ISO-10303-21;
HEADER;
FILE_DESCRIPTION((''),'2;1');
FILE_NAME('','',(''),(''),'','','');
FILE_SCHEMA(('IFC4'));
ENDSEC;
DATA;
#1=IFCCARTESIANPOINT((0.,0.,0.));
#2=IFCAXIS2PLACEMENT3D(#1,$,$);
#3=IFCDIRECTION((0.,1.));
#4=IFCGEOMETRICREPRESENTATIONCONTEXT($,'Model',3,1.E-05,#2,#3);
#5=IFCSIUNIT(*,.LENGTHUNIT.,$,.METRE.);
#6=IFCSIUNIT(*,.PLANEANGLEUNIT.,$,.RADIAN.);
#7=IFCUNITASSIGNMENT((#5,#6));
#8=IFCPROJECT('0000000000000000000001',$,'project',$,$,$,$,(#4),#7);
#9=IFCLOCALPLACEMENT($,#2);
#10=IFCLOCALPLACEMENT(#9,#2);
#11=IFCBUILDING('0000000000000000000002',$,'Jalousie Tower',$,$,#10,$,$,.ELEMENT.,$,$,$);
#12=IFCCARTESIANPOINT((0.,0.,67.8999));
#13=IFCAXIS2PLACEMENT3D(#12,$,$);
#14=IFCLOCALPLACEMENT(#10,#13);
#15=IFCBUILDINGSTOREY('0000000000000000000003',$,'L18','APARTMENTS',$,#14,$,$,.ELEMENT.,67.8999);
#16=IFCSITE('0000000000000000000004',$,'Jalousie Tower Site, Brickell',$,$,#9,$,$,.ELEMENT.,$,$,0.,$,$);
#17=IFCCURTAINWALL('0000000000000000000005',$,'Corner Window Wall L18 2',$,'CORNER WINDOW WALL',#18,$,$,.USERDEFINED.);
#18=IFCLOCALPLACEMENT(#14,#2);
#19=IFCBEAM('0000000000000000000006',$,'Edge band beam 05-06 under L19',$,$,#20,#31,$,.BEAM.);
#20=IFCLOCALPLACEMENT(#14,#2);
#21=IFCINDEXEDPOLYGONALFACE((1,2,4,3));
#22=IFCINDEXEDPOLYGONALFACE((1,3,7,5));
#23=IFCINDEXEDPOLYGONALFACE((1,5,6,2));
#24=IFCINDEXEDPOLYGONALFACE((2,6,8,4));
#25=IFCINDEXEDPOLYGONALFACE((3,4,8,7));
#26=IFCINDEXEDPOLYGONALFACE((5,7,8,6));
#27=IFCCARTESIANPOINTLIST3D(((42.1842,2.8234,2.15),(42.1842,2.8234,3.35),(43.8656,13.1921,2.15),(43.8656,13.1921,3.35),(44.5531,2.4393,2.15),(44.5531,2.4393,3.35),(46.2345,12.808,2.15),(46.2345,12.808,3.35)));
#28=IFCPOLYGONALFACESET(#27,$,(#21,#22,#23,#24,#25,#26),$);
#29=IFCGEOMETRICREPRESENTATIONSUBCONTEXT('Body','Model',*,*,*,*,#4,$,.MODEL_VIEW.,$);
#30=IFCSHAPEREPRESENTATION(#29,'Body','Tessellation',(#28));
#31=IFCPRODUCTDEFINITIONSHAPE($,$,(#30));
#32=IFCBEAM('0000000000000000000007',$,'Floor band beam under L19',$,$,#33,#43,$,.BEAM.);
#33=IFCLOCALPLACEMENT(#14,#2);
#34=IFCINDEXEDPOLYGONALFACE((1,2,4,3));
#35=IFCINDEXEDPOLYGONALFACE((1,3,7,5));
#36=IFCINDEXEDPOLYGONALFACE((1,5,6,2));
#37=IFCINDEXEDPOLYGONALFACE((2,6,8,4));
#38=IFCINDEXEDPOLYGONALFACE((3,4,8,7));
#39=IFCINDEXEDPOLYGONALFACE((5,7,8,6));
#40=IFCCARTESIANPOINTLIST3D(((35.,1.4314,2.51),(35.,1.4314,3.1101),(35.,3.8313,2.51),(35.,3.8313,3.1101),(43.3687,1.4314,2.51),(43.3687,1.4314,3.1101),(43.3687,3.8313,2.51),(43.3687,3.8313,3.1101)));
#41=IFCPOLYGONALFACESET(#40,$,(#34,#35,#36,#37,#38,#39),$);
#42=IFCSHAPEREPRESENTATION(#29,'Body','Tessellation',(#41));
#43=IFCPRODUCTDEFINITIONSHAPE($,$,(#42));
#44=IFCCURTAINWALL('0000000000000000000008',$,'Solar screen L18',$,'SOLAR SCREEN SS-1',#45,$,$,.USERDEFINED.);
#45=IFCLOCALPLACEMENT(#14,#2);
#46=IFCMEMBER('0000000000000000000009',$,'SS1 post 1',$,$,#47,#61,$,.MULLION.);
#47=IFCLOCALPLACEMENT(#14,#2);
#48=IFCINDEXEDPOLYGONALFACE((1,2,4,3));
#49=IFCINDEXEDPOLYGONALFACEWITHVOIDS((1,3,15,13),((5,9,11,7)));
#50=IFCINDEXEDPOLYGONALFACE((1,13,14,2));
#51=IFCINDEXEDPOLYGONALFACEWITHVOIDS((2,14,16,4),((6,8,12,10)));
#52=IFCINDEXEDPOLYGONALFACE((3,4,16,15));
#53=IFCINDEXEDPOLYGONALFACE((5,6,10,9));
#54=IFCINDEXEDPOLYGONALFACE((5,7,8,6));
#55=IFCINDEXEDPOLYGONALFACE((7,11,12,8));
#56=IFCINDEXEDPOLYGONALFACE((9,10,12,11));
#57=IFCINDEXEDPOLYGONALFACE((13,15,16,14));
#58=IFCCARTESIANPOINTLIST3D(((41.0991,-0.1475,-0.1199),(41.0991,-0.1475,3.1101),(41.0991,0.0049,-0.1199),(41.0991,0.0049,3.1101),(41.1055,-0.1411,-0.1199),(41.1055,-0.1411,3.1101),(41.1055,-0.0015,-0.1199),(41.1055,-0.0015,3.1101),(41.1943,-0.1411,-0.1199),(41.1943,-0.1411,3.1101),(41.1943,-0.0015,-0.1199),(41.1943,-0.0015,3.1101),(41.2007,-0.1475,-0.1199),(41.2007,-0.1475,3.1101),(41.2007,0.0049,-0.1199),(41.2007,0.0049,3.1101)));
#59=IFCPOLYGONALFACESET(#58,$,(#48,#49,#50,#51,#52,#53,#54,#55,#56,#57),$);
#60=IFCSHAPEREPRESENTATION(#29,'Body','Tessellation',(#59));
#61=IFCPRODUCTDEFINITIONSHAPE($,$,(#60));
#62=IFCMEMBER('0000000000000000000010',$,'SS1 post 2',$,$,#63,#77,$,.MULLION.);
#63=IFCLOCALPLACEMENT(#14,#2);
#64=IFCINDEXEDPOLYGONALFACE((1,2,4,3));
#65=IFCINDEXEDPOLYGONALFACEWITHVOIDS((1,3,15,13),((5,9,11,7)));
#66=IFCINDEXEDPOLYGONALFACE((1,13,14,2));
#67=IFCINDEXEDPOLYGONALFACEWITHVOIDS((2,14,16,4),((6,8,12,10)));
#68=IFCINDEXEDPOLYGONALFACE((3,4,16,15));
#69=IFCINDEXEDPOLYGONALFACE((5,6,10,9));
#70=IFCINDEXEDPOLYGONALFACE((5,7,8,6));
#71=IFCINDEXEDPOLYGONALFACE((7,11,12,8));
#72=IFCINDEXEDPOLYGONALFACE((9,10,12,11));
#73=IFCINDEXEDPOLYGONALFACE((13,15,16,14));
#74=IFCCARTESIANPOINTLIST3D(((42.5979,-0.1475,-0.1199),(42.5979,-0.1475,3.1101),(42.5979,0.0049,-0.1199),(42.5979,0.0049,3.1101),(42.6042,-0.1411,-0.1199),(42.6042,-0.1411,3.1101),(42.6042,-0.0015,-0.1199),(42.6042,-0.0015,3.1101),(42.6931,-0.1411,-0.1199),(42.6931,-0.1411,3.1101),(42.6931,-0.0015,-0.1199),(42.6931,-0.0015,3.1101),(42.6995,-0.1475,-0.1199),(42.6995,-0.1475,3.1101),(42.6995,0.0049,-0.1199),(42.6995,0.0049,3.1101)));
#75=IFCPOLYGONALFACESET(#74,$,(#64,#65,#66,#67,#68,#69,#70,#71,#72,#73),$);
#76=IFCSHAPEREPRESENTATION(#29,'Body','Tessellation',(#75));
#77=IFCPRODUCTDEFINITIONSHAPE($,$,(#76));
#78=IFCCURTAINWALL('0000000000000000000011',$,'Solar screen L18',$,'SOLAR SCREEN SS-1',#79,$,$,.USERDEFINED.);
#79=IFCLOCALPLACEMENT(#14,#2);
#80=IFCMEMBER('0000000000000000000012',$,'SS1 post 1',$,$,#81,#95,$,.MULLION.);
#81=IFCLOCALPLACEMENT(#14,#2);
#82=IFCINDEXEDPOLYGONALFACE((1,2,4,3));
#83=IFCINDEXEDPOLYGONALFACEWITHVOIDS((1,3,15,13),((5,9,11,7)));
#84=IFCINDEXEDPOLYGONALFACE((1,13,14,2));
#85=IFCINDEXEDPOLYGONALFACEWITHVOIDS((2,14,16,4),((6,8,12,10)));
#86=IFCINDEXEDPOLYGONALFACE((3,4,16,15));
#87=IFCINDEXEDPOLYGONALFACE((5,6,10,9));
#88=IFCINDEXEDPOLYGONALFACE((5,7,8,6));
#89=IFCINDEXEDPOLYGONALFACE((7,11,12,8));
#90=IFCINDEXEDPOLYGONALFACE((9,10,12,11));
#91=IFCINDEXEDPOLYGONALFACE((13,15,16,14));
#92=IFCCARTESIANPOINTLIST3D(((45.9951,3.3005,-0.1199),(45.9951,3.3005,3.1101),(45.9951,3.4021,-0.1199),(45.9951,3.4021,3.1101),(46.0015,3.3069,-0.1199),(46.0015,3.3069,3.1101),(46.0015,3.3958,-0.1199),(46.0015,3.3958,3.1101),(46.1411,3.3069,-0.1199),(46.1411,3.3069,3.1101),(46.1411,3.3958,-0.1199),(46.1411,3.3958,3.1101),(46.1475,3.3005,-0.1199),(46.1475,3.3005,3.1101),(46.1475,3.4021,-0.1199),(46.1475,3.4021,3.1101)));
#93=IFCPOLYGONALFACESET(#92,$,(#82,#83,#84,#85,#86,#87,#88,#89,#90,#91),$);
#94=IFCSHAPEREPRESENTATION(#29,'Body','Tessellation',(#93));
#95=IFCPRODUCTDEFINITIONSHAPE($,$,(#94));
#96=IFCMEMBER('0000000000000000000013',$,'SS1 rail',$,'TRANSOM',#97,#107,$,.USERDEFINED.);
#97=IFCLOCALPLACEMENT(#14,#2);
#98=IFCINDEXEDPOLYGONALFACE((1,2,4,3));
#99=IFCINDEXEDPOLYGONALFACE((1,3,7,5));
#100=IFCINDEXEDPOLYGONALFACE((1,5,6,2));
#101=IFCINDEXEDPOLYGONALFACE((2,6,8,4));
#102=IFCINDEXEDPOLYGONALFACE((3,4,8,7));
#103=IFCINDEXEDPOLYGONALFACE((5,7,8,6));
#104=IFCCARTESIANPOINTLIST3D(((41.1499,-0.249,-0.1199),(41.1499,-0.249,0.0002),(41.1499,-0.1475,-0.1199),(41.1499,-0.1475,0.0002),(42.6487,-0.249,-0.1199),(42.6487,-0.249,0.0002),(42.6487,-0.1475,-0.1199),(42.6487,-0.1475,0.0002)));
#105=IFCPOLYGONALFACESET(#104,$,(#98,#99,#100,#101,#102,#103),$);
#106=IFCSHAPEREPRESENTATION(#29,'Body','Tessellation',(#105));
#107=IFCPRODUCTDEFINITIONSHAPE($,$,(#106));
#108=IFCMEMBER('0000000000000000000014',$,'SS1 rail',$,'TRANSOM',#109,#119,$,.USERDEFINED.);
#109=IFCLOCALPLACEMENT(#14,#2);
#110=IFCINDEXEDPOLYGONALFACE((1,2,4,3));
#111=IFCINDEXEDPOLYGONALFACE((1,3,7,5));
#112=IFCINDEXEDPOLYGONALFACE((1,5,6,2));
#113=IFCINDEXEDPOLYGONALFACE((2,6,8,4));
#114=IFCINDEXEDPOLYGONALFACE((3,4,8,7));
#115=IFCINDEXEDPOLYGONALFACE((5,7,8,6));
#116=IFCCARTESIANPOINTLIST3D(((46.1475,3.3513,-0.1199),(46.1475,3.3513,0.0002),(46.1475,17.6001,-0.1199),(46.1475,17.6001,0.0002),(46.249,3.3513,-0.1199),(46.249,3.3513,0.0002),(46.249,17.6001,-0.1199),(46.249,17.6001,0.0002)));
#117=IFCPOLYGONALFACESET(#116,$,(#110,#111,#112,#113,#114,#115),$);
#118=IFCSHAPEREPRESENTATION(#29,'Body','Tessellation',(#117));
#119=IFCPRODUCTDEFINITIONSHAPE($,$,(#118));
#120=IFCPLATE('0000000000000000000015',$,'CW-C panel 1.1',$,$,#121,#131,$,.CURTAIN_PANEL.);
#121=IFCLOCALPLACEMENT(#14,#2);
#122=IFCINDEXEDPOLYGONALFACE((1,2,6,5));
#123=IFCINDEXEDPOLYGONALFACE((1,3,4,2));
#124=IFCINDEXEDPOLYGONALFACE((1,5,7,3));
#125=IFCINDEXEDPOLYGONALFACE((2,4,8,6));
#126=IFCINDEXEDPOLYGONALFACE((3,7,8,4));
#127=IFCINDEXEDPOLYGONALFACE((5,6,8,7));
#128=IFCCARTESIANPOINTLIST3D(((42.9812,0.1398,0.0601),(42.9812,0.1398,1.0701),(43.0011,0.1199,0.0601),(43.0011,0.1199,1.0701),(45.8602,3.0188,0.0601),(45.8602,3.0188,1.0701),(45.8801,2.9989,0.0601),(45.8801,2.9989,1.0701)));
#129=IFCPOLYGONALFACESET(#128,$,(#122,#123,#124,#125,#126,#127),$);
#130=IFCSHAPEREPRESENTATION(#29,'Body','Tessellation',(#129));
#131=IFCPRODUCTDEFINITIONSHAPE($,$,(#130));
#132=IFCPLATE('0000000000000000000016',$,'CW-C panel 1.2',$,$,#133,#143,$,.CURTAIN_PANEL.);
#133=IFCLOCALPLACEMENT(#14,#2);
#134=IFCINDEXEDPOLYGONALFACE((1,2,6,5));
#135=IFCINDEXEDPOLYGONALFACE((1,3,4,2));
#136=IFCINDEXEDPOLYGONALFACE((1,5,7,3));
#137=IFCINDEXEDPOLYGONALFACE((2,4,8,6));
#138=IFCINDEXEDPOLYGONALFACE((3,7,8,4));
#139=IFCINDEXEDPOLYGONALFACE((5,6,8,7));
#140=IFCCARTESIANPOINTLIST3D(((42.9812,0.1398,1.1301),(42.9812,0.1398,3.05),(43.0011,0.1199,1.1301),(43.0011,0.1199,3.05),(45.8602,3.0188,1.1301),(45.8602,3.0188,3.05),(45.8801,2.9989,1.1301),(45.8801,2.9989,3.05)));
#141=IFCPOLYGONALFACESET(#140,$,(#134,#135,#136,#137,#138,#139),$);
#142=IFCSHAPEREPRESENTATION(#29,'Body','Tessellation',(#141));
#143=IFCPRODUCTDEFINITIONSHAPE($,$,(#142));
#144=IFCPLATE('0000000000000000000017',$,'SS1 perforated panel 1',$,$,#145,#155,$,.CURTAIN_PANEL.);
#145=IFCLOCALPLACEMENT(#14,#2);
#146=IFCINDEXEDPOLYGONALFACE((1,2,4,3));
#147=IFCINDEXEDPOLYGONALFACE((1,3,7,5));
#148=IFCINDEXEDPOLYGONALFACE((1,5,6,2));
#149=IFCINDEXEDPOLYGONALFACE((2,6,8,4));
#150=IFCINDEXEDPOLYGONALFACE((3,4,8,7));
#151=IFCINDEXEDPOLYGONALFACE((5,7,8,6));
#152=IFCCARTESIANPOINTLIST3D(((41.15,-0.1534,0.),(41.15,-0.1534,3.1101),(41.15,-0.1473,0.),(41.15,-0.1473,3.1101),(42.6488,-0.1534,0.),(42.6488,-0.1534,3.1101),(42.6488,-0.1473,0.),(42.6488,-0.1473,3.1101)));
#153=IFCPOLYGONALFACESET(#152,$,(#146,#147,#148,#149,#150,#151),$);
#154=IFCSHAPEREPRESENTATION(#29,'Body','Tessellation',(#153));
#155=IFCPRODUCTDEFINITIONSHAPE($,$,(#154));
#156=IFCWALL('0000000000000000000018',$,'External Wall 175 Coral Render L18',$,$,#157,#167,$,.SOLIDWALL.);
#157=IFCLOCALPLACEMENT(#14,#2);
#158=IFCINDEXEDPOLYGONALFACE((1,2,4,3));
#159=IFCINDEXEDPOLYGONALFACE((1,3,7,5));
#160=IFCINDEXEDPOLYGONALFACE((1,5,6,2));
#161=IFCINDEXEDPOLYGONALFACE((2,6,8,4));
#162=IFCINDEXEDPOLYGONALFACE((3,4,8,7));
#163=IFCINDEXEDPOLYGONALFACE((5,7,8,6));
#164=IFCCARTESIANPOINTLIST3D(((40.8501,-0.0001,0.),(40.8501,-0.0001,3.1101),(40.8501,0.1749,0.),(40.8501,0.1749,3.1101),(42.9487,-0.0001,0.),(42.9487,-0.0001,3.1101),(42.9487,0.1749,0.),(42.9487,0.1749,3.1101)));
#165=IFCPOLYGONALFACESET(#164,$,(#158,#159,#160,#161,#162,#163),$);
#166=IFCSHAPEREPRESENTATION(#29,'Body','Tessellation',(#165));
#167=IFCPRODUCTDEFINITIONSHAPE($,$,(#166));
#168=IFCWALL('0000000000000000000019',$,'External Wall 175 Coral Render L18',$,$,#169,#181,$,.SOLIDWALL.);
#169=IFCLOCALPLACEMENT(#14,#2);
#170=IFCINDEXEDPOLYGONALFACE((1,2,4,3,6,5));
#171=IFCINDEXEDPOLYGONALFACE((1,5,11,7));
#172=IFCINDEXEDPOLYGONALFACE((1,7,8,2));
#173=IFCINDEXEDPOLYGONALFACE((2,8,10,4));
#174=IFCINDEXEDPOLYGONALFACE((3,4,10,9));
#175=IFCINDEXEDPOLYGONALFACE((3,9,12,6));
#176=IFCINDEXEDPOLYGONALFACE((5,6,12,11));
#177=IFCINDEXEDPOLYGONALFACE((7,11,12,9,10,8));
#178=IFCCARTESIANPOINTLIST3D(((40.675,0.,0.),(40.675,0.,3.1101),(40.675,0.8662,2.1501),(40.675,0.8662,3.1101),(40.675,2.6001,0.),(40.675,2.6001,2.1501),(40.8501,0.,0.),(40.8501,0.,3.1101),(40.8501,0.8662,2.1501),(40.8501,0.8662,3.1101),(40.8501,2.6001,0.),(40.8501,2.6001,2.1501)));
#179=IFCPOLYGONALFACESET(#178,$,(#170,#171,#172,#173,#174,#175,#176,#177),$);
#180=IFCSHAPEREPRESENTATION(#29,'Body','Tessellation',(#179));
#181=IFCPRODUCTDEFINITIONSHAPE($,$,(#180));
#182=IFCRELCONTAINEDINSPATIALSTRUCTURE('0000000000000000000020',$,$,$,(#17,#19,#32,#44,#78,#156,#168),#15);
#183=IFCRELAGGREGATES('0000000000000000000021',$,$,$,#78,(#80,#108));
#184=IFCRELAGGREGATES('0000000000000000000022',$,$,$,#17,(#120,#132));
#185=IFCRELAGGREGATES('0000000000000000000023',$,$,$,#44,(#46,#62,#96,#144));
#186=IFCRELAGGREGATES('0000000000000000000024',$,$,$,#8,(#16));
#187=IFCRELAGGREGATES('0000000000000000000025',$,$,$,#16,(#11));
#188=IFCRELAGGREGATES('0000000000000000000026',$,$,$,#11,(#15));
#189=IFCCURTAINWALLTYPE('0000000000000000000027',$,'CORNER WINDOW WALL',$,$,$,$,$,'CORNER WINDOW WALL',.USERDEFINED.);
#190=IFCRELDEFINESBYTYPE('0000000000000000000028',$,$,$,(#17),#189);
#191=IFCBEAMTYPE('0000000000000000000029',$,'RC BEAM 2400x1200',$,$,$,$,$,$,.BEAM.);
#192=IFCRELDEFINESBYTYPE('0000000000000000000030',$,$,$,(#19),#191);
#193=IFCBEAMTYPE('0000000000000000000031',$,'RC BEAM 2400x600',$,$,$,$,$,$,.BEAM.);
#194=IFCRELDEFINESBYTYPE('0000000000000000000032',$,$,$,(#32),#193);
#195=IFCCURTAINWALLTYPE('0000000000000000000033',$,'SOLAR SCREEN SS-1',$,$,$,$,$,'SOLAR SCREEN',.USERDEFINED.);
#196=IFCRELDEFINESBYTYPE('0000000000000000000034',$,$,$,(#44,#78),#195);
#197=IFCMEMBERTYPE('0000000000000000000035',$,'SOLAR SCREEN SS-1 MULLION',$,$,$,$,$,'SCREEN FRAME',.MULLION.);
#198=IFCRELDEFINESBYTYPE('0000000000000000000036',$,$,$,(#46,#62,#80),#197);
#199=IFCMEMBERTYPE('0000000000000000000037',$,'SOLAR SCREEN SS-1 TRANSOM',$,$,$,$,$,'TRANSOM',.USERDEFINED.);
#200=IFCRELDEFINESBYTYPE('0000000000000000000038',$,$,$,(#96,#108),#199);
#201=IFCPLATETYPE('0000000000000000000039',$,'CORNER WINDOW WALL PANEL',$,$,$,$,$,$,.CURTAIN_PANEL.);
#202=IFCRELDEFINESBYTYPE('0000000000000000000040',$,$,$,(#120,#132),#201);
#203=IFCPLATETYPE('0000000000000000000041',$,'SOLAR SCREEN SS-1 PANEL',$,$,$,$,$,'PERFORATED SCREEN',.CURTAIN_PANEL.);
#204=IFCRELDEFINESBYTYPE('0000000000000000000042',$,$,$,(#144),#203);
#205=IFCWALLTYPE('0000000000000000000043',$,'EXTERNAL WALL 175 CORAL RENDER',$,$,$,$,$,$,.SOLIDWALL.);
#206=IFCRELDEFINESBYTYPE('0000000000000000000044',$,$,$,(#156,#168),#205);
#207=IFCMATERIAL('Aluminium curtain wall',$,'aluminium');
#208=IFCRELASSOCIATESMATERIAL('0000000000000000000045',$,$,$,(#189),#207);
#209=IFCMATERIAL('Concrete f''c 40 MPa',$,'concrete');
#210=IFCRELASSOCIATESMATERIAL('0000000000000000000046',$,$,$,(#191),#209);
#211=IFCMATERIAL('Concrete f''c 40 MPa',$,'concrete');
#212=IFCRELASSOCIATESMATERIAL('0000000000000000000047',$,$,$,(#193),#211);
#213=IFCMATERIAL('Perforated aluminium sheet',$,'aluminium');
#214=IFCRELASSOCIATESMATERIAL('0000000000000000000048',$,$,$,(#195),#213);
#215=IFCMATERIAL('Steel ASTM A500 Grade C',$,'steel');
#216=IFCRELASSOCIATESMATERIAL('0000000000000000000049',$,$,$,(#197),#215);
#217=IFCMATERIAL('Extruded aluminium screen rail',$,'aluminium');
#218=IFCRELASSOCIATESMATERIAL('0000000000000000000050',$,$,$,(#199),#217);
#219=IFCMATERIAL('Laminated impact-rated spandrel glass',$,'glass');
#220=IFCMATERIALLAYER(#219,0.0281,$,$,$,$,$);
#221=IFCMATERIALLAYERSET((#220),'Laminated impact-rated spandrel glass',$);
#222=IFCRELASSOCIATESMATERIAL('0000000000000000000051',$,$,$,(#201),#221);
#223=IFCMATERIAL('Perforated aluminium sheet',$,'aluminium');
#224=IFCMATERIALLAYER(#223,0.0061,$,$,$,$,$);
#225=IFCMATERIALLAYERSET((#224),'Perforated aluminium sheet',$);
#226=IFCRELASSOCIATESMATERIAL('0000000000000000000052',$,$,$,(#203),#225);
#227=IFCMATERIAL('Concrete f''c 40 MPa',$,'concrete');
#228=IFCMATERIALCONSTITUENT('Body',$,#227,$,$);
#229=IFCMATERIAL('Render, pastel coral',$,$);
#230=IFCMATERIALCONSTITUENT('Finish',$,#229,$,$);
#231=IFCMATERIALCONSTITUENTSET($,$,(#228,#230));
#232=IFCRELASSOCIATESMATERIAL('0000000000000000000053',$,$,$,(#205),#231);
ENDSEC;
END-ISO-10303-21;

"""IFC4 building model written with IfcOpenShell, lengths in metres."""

from ifc_helpers import new_model, si_unit, direction, frame, frame_2d, origin, origin_2d, place, context, subcontext, project, spatial, polyline, rectangle, hollow_rectangle, outline, extrude, material, layer, layer_set, constituent, constituent_set, material_profile, profile_set, type_object, element, aggregate, save


model = new_model("IFC4")

# Units and contexts
model_context = context("Model", 3, precision=1e-05, world=origin(), true_north=direction((0.0, 1.0)))
body_context = subcontext(model_context, "Body", "Model", "MODEL_VIEW")
ifc_project = project(units=[si_unit("LENGTHUNIT", "METRE"), si_unit("PLANEANGLEUNIT", "RADIAN")], contexts=[model_context])

# Site, building, storey
site_placement = place(None, origin())
site = spatial("IfcSite", under=ifc_project, at=site_placement, Name="Jalousie Tower Site, Brickell", CompositionType="ELEMENT", RefElevation=0.0)
building_placement = place(site_placement, origin())
building = spatial("IfcBuilding", under=site, at=building_placement, Name="Jalousie Tower", CompositionType="ELEMENT")
storey_placement = place(building_placement, frame((0.0, 0.0, 67.8999)))
storey = spatial("IfcBuildingStorey", under=building, at=storey_placement, Name="L18", Description="APARTMENTS", CompositionType="ELEMENT", Elevation=67.8999)

# Curtain wall
ifc_material_1 = material(Name="Aluminium curtain wall", Category="aluminium")
curtain_wall_type_1 = type_object("IfcCurtainWallType", Name="CORNER WINDOW WALL", ElementType="CORNER WINDOW WALL", PredefinedType="USERDEFINED", material=ifc_material_1)
curtain_wall_1_placement = place(storey_placement, origin())
curtain_wall_1 = element("IfcCurtainWall", 1, at=curtain_wall_1_placement, inside=storey, type_object=curtain_wall_type_1, Name="Corner Window Wall L18 2", ObjectType="CORNER WINDOW WALL", PredefinedType="USERDEFINED")

# Beams
ifc_material_2 = material(Name="Concrete f'c 40 MPa", Category="concrete")
ifc_material_profile_1 = material_profile(ifc_material_2, rectangle(XDim=2.3999, YDim=1.2, at=origin_2d()), Name="RC 2400x1200")
ifc_profile_set_1 = profile_set([ifc_material_profile_1], Name="Concrete f'c 40 MPa")
beam_type_1 = type_object("IfcBeamType", Name="RC BEAM 2400x1200", PredefinedType="BEAM", material=ifc_profile_set_1)
beam_1_placement = place(storey_placement, frame((43.3687, 2.6313, 2.75), z_axis=(0.160071, 0.987106, 0.0), x_axis=(-0.987106, 0.160071, 0.0)))
element("IfcBeam", 2, at=beam_1_placement, inside=storey, type_object=beam_type_1, Name="Edge band beam 05-06 under L19", PredefinedType="BEAM", context=body_context, shape_type="SweptSolid", body=[
    extrude(rectangle(XDim=2.3999, YDim=1.2, at=origin_2d()), origin(), (0.0, 0.0, 1.0), 10.5042),
])
ifc_material_3 = material(Name="Concrete f'c 40 MPa", Category="concrete")
ifc_material_profile_2 = material_profile(ifc_material_3, rectangle(XDim=2.3999, YDim=0.6001, at=origin_2d()), Name="RC 2400x600")
ifc_profile_set_2 = profile_set([ifc_material_profile_2], Name="Concrete f'c 40 MPa")
beam_type_2 = type_object("IfcBeamType", Name="RC BEAM 2400x600", PredefinedType="BEAM", material=ifc_profile_set_2)
beam_2_placement = place(storey_placement, frame((43.3687, 2.6313, 2.8101), z_axis=(-1.0, 0.0, 0.0), x_axis=(0.0, -1.0, 0.0)))
element("IfcBeam", 3, at=beam_2_placement, inside=storey, type_object=beam_type_2, Name="Floor band beam under L19", PredefinedType="BEAM", context=body_context, shape_type="SweptSolid", body=[
    extrude(rectangle(XDim=2.3999, YDim=0.6001, at=origin_2d()), origin(), (0.0, 0.0, 1.0), 8.3687),
])

# Curtain wall, members
ifc_material_4 = material(Name="Perforated aluminium sheet", Category="aluminium")
curtain_wall_type_2 = type_object("IfcCurtainWallType", Name="SOLAR SCREEN SS-1", ElementType="SOLAR SCREEN", PredefinedType="USERDEFINED", material=ifc_material_4)
curtain_wall_2_placement = place(storey_placement, origin())
curtain_wall_2 = element("IfcCurtainWall", 4, at=curtain_wall_2_placement, inside=storey, type_object=curtain_wall_type_2, Name="Solar screen L18", ObjectType="SOLAR SCREEN SS-1", PredefinedType="USERDEFINED")
ifc_material_5 = material(Name="Steel ASTM A500 Grade C", Category="steel")
ifc_material_profile_3 = material_profile(ifc_material_5, hollow_rectangle(XDim=0.1016, YDim=0.1523, WallThickness=0.0063, at=origin_2d()), Name="HSS6X4X1/4")
ifc_profile_set_3 = profile_set([ifc_material_profile_3], Name="Steel ASTM A500 Grade C")
member_type_1 = type_object("IfcMemberType", Name="SOLAR SCREEN SS-1 MULLION", ElementType="SCREEN FRAME", PredefinedType="MULLION", material=ifc_profile_set_3)
member_1_placement = place(storey_placement, frame((41.1499, -0.0713, -0.1199), z_axis=(0.0, 0.0, 1.0), x_axis=(1.0, 0.0, 0.0)))
member_1 = element("IfcMember", 5, at=member_1_placement, type_object=member_type_1, Name="SS1 post 1", PredefinedType="MULLION", context=body_context, shape_type="SweptSolid", body=[
    extrude(hollow_rectangle(XDim=0.1016, YDim=0.1523, WallThickness=0.0063, at=origin_2d()), origin(), (0.0, 0.0, 1.0), 3.23),
])
member_2_placement = place(storey_placement, frame((42.6487, -0.0713, -0.1199), z_axis=(0.0, 0.0, 1.0), x_axis=(1.0, 0.0, 0.0)))
member_2 = element("IfcMember", 6, at=member_2_placement, type_object=member_type_1, Name="SS1 post 2", PredefinedType="MULLION", context=body_context, shape_type="SweptSolid", body=[
    extrude(hollow_rectangle(XDim=0.1016, YDim=0.1523, WallThickness=0.0063, at=origin_2d()), origin(), (0.0, 0.0, 1.0), 3.23),
])

# Curtain wall, member
curtain_wall_3_placement = place(storey_placement, origin())
curtain_wall_3 = element("IfcCurtainWall", 7, at=curtain_wall_3_placement, inside=storey, type_object=curtain_wall_type_2, Name="Solar screen L18", ObjectType="SOLAR SCREEN SS-1", PredefinedType="USERDEFINED")
member_3_placement = place(storey_placement, frame((46.0713, 3.3513, -0.1199), z_axis=(0.0, 0.0, 1.0), x_axis=(0.0, 1.0, 0.0)))
member_3 = element("IfcMember", 8, at=member_3_placement, type_object=member_type_1, Name="SS1 post 1", PredefinedType="MULLION", context=body_context, shape_type="SweptSolid", body=[
    extrude(hollow_rectangle(XDim=0.1016, YDim=0.1523, WallThickness=0.0063, at=origin_2d()), origin(), (0.0, 0.0, 1.0), 3.23),
])

# Members
ifc_material_6 = material(Name="Extruded aluminium screen rail", Category="aluminium")
ifc_material_profile_4 = material_profile(ifc_material_6, rectangle(XDim=0.1016, YDim=0.1201, at=origin_2d()), Name="RAIL 102x120")
ifc_profile_set_4 = profile_set([ifc_material_profile_4], Name="Extruded aluminium screen rail")
member_type_2 = type_object("IfcMemberType", Name="SOLAR SCREEN SS-1 TRANSOM", ElementType="TRANSOM", PredefinedType="USERDEFINED", material=ifc_profile_set_4)
member_4_placement = place(storey_placement, frame((41.1499, -0.1982, -0.0598), z_axis=(1.0, 0.0, 0.0), x_axis=(0.0, 1.0, 0.0)))
member_4 = element("IfcMember", 9, at=member_4_placement, type_object=member_type_2, Name="SS1 rail", ObjectType="TRANSOM", PredefinedType="USERDEFINED", context=body_context, shape_type="SweptSolid", body=[
    extrude(rectangle(XDim=0.1016, YDim=0.1201, at=origin_2d()), origin(), (0.0, 0.0, 1.0), 1.4988),
])
member_5_placement = place(storey_placement, frame((46.1982, 3.3513, -0.0598), z_axis=(0.0, 1.0, 0.0), x_axis=(-1.0, 0.0, 0.0)))
member_5 = element("IfcMember", 10, at=member_5_placement, type_object=member_type_2, Name="SS1 rail", ObjectType="TRANSOM", PredefinedType="USERDEFINED", context=body_context, shape_type="SweptSolid", body=[
    extrude(rectangle(XDim=0.1016, YDim=0.1201, at=origin_2d()), origin(), (0.0, 0.0, 1.0), 14.2488),
])
aggregate(curtain_wall_3, [member_3, member_5])

# Plates
ifc_material_7 = material(Name="Laminated impact-rated spandrel glass", Category="glass")
ifc_layer_1 = layer(ifc_material_7, 0.0281)
ifc_layer_set_1 = layer_set([ifc_layer_1], Name="Laminated impact-rated spandrel glass")
plate_type_1 = type_object("IfcPlateType", Name="CORNER WINDOW WALL PANEL", PredefinedType="CURTAIN_PANEL", material=ifc_layer_set_1)
plate_1_placement = place(storey_placement, frame((44.4307, 1.5693, 0.0601), z_axis=(0.0, 0.0, 1.0), x_axis=(0.707107, 0.707107, 0.0)))
plate_1 = element("IfcPlate", 11, at=plate_1_placement, type_object=plate_type_1, Name="CW-C panel 1.1", PredefinedType="CURTAIN_PANEL", context=body_context, shape_type="SweptSolid", body=[
    extrude(rectangle(XDim=4.0715, YDim=0.0281, at=origin_2d()), origin(), (0.0, 0.0, 1.0), 1.01),
])
plate_2_placement = place(storey_placement, frame((44.4307, 1.5693, 1.1301), z_axis=(0.0, 0.0, 1.0), x_axis=(0.707107, 0.707107, 0.0)))
plate_2 = element("IfcPlate", 12, at=plate_2_placement, type_object=plate_type_1, Name="CW-C panel 1.2", PredefinedType="CURTAIN_PANEL", context=body_context, shape_type="SweptSolid", body=[
    extrude(rectangle(XDim=4.0715, YDim=0.0281, at=origin_2d()), origin(), (0.0, 0.0, 1.0), 1.9199),
])
aggregate(curtain_wall_1, [plate_1, plate_2])
ifc_material_8 = material(Name="Perforated aluminium sheet", Category="aluminium")
ifc_layer_2 = layer(ifc_material_8, 0.0061)
ifc_layer_set_2 = layer_set([ifc_layer_2], Name="Perforated aluminium sheet")
plate_type_2 = type_object("IfcPlateType", Name="SOLAR SCREEN SS-1 PANEL", ElementType="PERFORATED SCREEN", PredefinedType="CURTAIN_PANEL", material=ifc_layer_set_2)
plate_3_placement = place(storey_placement, frame((41.8994, -0.1504, 0.0), z_axis=(0.0, 0.0, 1.0), x_axis=(1.0, 0.0, 0.0)))
plate_3 = element("IfcPlate", 13, at=plate_3_placement, type_object=plate_type_2, Name="SS1 perforated panel 1", PredefinedType="CURTAIN_PANEL", context=body_context, shape_type="SweptSolid", body=[
    extrude(rectangle(XDim=1.4988, YDim=0.0061, at=origin_2d()), origin(), (0.0, 0.0, 1.0), 3.1101),
])
aggregate(curtain_wall_2, [member_1, member_2, member_4, plate_3])

# Walls
ifc_material_9 = material(Name="Concrete f'c 40 MPa", Category="concrete")
ifc_constituent_1 = constituent(ifc_material_9, Name="Body")
ifc_material_10 = material(Name="Render, pastel coral")
ifc_constituent_2 = constituent(ifc_material_10, Name="Finish")
ifc_constituent_set = constituent_set(constituents=[ifc_constituent_1, ifc_constituent_2])
wall_type = type_object("IfcWallType", Name="EXTERNAL WALL 175 CORAL RENDER", PredefinedType="SOLIDWALL", material=ifc_constituent_set)
wall_1_placement = place(storey_placement, frame((40.8501, 0.0874, 0.0), z_axis=(0.0, 0.0, 1.0), x_axis=(1.0, 0.0, 0.0)))
element("IfcWall", 14, at=wall_1_placement, inside=storey, type_object=wall_type, Name="External Wall 175 Coral Render L18", PredefinedType="SOLIDWALL", context=body_context, shape_type="SweptSolid", body=[
    extrude(rectangle(XDim=2.0986, YDim=0.175, at=frame_2d((1.0493, 0.0))), origin(), (0.0, 0.0, 1.0), 3.1101),
])
wall_2_placement = place(storey_placement, frame((40.7625, 0.0, 0.0), z_axis=(0.0, 0.0, 1.0), x_axis=(0.0, 1.0, 0.0)))
element("IfcWall", 15, at=wall_2_placement, inside=storey, type_object=wall_type, Name="External Wall 175 Coral Render L18", PredefinedType="SOLIDWALL", context=body_context, shape_type="SweptSolid", body=[
    extrude(outline(polyline([(0.0, 0.0), (2.6001, 0.0), (2.6001, 2.1501), (0.8662, 2.1501), (0.8662, 3.1101), (0.0, 3.1101), (0.0, 0.0)])), frame((0.0, 0.0874, 0.0), z_axis=(0.0, -1.0, 0.0), x_axis=(1.0, 0.0, 0.0)), (0.0, 0.0, 1.0), 0.175),
])

save(model, "model.ifc")
